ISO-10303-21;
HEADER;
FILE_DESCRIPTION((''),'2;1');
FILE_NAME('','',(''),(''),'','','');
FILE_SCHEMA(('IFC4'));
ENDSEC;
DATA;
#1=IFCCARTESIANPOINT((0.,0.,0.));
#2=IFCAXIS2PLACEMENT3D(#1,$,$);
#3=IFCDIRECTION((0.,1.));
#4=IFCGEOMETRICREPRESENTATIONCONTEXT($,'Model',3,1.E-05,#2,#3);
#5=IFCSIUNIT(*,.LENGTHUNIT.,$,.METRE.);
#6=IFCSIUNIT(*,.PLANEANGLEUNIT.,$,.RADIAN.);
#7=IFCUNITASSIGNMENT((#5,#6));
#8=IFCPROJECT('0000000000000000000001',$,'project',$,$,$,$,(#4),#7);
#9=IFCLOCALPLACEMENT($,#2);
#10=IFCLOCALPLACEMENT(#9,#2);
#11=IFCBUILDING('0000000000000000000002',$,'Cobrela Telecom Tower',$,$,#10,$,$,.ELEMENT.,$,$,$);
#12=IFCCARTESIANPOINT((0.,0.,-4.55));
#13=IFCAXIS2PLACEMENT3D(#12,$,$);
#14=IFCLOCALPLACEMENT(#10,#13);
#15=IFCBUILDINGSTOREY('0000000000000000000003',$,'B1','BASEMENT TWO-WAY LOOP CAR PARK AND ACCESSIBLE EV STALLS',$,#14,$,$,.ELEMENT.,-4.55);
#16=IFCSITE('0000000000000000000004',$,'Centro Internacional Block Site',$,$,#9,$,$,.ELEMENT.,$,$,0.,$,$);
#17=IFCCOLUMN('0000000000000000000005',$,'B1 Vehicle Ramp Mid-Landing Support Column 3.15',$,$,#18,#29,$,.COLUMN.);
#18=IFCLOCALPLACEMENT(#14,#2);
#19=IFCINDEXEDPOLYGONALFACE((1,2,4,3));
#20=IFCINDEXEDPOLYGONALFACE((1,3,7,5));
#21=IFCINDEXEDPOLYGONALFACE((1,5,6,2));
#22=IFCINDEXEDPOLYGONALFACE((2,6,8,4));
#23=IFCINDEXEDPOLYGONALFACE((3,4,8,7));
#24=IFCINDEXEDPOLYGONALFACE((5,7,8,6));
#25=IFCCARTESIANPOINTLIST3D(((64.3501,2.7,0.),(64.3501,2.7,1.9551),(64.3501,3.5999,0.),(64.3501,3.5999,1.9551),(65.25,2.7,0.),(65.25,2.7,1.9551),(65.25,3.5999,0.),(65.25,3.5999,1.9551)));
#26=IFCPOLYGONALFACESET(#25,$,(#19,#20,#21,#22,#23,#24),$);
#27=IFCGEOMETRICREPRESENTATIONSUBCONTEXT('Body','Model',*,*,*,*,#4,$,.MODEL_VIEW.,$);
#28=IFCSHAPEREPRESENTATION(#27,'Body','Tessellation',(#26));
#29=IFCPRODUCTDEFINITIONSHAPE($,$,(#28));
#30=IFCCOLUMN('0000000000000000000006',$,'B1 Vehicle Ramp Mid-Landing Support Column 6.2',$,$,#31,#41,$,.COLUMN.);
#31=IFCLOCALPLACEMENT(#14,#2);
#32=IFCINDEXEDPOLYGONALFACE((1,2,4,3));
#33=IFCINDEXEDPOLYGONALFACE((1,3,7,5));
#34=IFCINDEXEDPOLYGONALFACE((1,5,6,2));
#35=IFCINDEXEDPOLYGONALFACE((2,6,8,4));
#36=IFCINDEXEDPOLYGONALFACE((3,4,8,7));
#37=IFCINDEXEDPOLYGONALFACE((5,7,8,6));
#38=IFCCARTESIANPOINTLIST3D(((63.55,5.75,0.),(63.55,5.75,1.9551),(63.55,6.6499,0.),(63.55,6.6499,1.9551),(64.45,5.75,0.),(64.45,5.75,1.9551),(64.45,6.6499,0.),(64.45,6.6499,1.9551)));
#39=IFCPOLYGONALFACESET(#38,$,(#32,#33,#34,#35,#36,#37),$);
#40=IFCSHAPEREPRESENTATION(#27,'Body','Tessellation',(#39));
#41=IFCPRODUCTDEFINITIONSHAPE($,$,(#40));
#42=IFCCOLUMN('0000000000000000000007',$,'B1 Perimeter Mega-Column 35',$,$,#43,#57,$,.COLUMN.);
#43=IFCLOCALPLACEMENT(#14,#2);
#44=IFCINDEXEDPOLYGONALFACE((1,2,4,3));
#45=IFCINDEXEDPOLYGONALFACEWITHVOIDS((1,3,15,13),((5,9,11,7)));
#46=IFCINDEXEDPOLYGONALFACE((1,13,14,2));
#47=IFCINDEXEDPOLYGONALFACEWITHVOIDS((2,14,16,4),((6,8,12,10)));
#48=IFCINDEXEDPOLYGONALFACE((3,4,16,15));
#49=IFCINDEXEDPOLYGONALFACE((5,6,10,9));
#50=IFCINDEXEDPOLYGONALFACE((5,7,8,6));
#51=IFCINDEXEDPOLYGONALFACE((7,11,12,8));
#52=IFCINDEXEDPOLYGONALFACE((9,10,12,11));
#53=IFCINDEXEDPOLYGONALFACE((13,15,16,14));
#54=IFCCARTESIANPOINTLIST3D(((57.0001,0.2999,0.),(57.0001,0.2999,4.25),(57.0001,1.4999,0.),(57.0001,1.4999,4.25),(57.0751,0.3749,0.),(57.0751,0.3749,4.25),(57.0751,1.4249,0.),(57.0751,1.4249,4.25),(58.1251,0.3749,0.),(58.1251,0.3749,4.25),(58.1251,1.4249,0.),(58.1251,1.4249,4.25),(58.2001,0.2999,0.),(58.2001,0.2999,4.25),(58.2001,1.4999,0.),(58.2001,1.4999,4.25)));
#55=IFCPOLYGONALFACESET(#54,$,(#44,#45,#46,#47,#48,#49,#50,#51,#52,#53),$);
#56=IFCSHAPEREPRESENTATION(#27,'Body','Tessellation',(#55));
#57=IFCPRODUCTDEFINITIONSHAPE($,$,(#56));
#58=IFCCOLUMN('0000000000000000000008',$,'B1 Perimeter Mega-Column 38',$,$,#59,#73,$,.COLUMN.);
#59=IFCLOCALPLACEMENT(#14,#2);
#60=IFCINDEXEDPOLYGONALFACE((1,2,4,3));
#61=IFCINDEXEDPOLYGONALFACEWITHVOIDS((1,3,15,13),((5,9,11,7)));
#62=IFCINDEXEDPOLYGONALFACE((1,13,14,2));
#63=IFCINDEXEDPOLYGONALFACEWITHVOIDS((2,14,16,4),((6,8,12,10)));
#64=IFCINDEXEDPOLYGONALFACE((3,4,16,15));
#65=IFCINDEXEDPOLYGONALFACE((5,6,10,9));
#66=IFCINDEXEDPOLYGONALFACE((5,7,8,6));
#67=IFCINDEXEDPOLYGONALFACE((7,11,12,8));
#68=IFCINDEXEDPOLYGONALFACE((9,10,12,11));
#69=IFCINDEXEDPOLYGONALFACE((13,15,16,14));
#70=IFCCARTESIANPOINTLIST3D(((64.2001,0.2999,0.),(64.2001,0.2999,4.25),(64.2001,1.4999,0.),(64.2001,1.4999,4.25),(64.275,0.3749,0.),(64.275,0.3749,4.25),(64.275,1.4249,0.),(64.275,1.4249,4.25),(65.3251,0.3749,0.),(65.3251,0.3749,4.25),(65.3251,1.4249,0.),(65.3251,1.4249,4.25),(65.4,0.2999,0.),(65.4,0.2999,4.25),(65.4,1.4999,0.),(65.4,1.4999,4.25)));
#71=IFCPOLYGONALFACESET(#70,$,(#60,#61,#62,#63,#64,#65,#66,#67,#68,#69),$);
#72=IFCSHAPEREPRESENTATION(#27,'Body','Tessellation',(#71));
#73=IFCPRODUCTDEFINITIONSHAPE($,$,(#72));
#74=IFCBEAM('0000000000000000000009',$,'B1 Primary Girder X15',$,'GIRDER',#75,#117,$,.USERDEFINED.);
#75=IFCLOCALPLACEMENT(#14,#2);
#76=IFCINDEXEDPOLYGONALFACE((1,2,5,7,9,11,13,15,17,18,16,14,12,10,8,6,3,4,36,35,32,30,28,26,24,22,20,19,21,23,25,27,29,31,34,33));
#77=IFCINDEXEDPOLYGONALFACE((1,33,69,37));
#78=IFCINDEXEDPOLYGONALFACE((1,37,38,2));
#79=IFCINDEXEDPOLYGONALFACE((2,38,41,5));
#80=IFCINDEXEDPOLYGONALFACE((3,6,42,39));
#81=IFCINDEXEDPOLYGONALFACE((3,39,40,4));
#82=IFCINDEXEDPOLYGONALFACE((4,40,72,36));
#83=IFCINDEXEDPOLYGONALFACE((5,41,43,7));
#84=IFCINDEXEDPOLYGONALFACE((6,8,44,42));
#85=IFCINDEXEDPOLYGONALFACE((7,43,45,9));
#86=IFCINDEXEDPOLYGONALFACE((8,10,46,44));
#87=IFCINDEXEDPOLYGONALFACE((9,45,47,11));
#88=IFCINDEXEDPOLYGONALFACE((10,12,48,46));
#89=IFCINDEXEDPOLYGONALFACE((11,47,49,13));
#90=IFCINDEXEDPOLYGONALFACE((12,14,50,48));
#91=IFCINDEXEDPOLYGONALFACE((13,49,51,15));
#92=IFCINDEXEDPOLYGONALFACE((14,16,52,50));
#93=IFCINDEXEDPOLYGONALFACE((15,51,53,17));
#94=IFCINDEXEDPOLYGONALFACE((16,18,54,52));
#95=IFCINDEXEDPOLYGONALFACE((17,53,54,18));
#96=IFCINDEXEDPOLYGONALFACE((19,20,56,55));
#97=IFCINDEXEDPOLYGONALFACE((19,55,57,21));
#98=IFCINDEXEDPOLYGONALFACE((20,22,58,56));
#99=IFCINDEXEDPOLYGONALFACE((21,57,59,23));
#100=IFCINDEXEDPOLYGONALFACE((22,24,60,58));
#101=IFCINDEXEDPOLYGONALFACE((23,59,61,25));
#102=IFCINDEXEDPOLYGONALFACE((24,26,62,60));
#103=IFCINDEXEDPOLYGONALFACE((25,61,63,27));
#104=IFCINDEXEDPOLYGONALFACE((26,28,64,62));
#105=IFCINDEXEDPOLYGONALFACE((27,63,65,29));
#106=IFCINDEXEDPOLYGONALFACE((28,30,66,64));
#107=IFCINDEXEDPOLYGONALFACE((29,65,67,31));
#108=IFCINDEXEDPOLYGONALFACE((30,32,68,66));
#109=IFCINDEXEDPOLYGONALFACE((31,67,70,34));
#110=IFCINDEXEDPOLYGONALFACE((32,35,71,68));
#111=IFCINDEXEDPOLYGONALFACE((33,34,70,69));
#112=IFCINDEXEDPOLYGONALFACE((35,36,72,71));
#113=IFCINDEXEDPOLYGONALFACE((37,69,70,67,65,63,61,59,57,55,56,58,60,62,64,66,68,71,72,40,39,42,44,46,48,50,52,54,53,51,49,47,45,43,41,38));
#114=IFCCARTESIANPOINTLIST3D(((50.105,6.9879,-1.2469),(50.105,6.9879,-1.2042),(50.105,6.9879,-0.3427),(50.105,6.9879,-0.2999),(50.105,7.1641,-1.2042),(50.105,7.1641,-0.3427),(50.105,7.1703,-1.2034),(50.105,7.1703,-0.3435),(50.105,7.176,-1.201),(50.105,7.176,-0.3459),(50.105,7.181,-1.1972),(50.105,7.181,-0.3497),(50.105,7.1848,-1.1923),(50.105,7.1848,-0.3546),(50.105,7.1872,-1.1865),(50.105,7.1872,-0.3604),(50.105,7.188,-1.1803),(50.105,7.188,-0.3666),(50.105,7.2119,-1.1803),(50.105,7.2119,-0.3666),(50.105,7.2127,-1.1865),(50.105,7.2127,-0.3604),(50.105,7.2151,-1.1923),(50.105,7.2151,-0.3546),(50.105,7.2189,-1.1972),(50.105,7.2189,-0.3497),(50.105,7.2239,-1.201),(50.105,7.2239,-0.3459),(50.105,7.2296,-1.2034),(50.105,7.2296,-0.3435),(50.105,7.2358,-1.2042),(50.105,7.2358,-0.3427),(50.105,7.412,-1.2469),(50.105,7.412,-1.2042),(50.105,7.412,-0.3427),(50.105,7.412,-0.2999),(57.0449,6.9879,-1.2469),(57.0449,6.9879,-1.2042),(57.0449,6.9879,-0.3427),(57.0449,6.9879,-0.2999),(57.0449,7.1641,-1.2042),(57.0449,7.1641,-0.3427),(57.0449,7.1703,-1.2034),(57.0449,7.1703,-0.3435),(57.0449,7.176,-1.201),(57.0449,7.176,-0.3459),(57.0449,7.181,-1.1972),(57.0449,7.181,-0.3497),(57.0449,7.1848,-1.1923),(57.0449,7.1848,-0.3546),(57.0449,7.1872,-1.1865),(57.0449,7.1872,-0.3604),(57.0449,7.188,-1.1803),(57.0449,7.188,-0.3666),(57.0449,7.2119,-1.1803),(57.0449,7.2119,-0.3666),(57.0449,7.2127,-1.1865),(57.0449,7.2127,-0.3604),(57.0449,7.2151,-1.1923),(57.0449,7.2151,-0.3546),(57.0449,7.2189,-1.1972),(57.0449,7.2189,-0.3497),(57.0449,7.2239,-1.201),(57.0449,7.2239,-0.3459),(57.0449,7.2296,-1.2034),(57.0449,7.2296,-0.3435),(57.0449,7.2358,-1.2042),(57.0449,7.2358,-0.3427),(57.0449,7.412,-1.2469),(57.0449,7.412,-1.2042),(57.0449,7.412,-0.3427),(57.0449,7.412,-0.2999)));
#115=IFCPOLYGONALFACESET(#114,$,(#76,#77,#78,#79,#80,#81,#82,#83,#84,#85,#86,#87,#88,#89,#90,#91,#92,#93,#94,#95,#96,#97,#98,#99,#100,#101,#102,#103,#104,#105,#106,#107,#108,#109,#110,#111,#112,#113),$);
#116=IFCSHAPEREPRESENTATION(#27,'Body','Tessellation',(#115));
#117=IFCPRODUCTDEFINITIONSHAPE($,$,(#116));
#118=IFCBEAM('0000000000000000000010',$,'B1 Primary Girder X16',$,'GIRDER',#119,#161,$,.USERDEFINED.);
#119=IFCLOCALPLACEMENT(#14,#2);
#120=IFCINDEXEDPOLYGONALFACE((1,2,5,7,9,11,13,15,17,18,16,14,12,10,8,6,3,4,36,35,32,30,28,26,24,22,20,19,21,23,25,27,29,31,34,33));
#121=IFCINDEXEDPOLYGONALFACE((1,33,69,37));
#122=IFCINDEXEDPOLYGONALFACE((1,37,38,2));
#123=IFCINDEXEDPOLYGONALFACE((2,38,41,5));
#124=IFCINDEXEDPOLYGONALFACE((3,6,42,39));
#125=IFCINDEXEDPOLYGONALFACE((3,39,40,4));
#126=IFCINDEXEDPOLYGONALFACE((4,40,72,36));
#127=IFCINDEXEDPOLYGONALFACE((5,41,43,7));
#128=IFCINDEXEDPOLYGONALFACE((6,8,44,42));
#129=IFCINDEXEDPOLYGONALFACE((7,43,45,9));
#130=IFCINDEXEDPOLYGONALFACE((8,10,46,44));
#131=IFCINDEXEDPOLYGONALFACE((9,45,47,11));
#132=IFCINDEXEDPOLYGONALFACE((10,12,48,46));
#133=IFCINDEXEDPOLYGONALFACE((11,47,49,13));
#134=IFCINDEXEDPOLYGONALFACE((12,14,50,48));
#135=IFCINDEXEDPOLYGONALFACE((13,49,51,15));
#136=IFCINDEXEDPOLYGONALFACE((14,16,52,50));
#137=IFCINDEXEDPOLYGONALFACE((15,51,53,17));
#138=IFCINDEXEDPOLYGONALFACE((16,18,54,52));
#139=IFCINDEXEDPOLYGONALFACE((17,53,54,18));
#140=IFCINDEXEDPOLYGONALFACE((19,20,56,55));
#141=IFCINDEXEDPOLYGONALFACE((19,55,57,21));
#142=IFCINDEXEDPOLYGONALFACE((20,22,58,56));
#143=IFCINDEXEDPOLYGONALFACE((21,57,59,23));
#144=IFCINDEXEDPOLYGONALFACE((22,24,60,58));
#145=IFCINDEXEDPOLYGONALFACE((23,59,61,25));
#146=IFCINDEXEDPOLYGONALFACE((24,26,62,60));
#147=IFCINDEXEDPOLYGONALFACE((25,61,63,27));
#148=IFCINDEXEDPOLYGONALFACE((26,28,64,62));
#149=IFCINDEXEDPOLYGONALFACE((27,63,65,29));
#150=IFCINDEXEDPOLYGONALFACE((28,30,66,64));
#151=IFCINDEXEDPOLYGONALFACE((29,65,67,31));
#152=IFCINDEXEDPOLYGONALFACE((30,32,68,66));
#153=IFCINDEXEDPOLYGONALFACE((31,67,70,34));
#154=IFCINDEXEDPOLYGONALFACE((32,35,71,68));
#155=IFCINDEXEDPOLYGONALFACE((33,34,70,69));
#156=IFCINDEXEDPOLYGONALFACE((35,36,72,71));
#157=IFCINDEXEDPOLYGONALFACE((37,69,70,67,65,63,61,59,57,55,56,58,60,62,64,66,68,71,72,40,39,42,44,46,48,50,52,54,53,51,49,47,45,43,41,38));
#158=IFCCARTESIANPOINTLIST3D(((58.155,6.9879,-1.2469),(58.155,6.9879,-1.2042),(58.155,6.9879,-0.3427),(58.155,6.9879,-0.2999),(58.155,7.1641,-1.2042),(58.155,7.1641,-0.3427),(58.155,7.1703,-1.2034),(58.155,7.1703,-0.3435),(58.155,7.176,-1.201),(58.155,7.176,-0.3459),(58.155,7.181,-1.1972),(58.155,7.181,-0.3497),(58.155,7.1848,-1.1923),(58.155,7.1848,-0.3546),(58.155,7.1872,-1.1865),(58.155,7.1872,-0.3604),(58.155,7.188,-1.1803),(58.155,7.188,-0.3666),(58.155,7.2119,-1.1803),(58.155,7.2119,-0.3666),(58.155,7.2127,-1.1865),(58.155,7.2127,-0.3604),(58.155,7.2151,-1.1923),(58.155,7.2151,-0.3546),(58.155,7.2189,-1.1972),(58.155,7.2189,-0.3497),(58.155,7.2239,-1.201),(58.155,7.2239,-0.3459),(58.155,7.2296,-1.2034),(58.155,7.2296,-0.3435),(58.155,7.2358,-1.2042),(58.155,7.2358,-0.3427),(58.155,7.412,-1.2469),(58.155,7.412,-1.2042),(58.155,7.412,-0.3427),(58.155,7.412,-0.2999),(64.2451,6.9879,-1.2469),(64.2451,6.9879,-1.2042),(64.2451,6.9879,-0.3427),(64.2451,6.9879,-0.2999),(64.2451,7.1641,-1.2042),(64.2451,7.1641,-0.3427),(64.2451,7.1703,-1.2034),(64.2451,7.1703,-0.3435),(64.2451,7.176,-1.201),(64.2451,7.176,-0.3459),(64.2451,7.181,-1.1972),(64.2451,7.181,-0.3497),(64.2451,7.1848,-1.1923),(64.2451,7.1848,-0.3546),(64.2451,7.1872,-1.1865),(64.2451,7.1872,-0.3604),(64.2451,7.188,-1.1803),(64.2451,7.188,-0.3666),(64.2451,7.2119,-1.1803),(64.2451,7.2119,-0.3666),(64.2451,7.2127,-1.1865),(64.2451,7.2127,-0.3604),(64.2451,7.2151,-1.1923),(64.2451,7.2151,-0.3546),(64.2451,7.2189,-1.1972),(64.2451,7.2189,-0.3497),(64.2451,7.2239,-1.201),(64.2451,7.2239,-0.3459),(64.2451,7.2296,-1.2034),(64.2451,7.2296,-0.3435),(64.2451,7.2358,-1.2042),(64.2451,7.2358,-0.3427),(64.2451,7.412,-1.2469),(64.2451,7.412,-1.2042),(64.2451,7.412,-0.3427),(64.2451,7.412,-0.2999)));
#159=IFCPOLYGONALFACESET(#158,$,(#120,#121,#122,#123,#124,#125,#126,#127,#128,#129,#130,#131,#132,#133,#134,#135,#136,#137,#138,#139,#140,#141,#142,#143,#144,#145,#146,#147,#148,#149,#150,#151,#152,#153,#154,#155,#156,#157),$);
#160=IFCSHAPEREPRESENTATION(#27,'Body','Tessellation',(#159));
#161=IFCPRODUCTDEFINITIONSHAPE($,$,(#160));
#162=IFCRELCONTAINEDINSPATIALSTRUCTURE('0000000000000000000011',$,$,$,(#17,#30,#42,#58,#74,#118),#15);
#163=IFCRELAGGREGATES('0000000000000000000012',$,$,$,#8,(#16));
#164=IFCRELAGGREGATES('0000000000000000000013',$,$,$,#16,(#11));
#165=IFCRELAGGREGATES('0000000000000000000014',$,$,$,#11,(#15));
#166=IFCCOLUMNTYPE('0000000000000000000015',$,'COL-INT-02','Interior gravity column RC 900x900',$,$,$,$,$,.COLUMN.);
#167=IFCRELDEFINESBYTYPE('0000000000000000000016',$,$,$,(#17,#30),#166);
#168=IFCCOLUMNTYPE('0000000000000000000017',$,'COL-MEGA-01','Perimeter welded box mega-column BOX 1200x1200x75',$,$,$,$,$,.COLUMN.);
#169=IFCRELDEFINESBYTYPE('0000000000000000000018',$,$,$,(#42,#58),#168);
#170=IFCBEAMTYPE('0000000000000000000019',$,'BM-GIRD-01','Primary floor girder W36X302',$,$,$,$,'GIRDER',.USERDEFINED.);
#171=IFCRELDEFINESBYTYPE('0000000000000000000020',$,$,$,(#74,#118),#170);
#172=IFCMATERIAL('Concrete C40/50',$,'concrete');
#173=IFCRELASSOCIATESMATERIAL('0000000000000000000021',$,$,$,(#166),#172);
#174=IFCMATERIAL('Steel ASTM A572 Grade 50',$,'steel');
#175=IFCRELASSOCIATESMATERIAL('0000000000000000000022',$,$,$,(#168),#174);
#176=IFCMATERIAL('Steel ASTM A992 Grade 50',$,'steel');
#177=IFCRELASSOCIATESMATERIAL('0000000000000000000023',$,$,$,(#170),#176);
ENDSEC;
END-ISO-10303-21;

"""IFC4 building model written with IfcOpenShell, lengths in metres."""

from ifc_helpers import new_model, si_unit, direction, frame, origin, origin_2d, place, context, subcontext, project, spatial, rectangle, hollow_rectangle, i_section, extrude, material, material_profile, profile_set, type_object, element, save


model = new_model("IFC4")

# Units and contexts
model_context = context("Model", 3, precision=1e-05, world=origin(), true_north=direction((0.0, 1.0)))
body_context = subcontext(model_context, "Body", "Model", "MODEL_VIEW")
ifc_project = project(units=[si_unit("LENGTHUNIT", "METRE"), si_unit("PLANEANGLEUNIT", "RADIAN")], contexts=[model_context])

# Site, building, storey
site_placement = place(None, origin())
site = spatial("IfcSite", under=ifc_project, at=site_placement, Name="Centro Internacional Block Site", CompositionType="ELEMENT", RefElevation=0.0)
building_placement = place(site_placement, origin())
building = spatial("IfcBuilding", under=site, at=building_placement, Name="Cobrela Telecom Tower", CompositionType="ELEMENT")
storey_placement = place(building_placement, frame((0.0, 0.0, -4.55)))
storey = spatial("IfcBuildingStorey", under=building, at=storey_placement, Name="B1", Description="BASEMENT TWO-WAY LOOP CAR PARK AND ACCESSIBLE EV STALLS", CompositionType="ELEMENT", Elevation=-4.55)

# Columns
ifc_material_1 = material(Name="Concrete C40/50", Category="concrete")
ifc_material_profile_1 = material_profile(ifc_material_1, rectangle(XDim=0.8999, YDim=0.8999, at=origin_2d()), Name="RC 900x900")
ifc_profile_set_1 = profile_set([ifc_material_profile_1], Name="Concrete C40/50")
column_type_1 = type_object("IfcColumnType", Name="COL-INT-02", Description="Interior gravity column RC 900x900", PredefinedType="COLUMN", material=ifc_profile_set_1)
for number, where, z_axis, x_axis, name in (
    (1, (64.8, 3.1499, 0.0), (0.0, 0.0, 1.0), (1.0, 0.0, 0.0), "B1 Vehicle Ramp Mid-Landing Support Column 3.15"),
    (2, (64.0, 6.2, 0.0), (0.0, 0.0, 1.0), (1.0, 0.0, 0.0), "B1 Vehicle Ramp Mid-Landing Support Column 6.2"),
):
    element("IfcColumn", number, at=place(storey_placement, frame(where, z_axis=z_axis, x_axis=x_axis)), inside=storey, type_object=column_type_1, Name=name, PredefinedType="COLUMN", context=body_context, shape_type="SweptSolid", body=[
        extrude(rectangle(XDim=0.8999, YDim=0.8999, at=origin_2d()), origin(), (0.0, 0.0, 1.0), 1.9551),
    ])
ifc_material_2 = material(Name="Steel ASTM A572 Grade 50", Category="steel")
ifc_material_profile_2 = material_profile(ifc_material_2, hollow_rectangle(XDim=1.2, YDim=1.2, WallThickness=0.075, at=origin_2d()), Name="BOX 1200x1200x75")
ifc_profile_set_2 = profile_set([ifc_material_profile_2], Name="Steel ASTM A572 Grade 50")
column_type_2 = type_object("IfcColumnType", Name="COL-MEGA-01", Description="Perimeter welded box mega-column BOX 1200x1200x75", PredefinedType="COLUMN", material=ifc_profile_set_2)
for number, where, z_axis, x_axis, name in (
    (3, (57.6001, 0.8999, 0.0), (0.0, 0.0, 1.0), (1.0, 0.0, 0.0), "B1 Perimeter Mega-Column 35"),
    (4, (64.8, 0.8999, 0.0), (0.0, 0.0, 1.0), (1.0, 0.0, 0.0), "B1 Perimeter Mega-Column 38"),
):
    element("IfcColumn", number, at=place(storey_placement, frame(where, z_axis=z_axis, x_axis=x_axis)), inside=storey, type_object=column_type_2, Name=name, PredefinedType="COLUMN", context=body_context, shape_type="SweptSolid", body=[
        extrude(hollow_rectangle(XDim=1.2, YDim=1.2, WallThickness=0.075, at=origin_2d()), origin(), (0.0, 0.0, 1.0), 4.25),
    ])

# Beams
ifc_material_3 = material(Name="Steel ASTM A992 Grade 50", Category="steel")
ifc_material_profile_3 = material_profile(ifc_material_3, i_section(OverallWidth=0.4241, OverallDepth=0.947, WebThickness=0.0239, FlangeThickness=0.0427, FilletRadius=0.0239, at=origin_2d()), Name="W36X302")
ifc_profile_set_3 = profile_set([ifc_material_profile_3], Name="Steel ASTM A992 Grade 50")
beam_type_1 = type_object("IfcBeamType", Name="BM-GIRD-01", Description="Primary floor girder W36X302", ElementType="GIRDER", PredefinedType="USERDEFINED", material=ifc_profile_set_3)
beam_1_placement = place(storey_placement, frame((50.105, 7.2, -0.7734), z_axis=(1.0, 0.0, 0.0), x_axis=(0.0, 1.0, 0.0)))
element("IfcBeam", 5, at=beam_1_placement, inside=storey, type_object=beam_type_1, Name="B1 Primary Girder X15", ObjectType="GIRDER", PredefinedType="USERDEFINED", context=body_context, shape_type="SweptSolid", body=[
    extrude(i_section(OverallWidth=0.4241, OverallDepth=0.947, WebThickness=0.0239, FlangeThickness=0.0427, FilletRadius=0.0239, at=origin_2d()), origin(), (0.0, 0.0, 1.0), 6.9399),
])
beam_2_placement = place(storey_placement, frame((58.155, 7.2, -0.7734), z_axis=(1.0, 0.0, 0.0), x_axis=(0.0, 1.0, 0.0)))
element("IfcBeam", 6, at=beam_2_placement, inside=storey, type_object=beam_type_1, Name="B1 Primary Girder X16", ObjectType="GIRDER", PredefinedType="USERDEFINED", context=body_context, shape_type="SweptSolid", body=[
    extrude(i_section(OverallWidth=0.4241, OverallDepth=0.947, WebThickness=0.0239, FlangeThickness=0.0427, FilletRadius=0.0239, at=origin_2d()), origin(), (0.0, 0.0, 1.0), 6.0901),
])

save(model, "model.ifc")
